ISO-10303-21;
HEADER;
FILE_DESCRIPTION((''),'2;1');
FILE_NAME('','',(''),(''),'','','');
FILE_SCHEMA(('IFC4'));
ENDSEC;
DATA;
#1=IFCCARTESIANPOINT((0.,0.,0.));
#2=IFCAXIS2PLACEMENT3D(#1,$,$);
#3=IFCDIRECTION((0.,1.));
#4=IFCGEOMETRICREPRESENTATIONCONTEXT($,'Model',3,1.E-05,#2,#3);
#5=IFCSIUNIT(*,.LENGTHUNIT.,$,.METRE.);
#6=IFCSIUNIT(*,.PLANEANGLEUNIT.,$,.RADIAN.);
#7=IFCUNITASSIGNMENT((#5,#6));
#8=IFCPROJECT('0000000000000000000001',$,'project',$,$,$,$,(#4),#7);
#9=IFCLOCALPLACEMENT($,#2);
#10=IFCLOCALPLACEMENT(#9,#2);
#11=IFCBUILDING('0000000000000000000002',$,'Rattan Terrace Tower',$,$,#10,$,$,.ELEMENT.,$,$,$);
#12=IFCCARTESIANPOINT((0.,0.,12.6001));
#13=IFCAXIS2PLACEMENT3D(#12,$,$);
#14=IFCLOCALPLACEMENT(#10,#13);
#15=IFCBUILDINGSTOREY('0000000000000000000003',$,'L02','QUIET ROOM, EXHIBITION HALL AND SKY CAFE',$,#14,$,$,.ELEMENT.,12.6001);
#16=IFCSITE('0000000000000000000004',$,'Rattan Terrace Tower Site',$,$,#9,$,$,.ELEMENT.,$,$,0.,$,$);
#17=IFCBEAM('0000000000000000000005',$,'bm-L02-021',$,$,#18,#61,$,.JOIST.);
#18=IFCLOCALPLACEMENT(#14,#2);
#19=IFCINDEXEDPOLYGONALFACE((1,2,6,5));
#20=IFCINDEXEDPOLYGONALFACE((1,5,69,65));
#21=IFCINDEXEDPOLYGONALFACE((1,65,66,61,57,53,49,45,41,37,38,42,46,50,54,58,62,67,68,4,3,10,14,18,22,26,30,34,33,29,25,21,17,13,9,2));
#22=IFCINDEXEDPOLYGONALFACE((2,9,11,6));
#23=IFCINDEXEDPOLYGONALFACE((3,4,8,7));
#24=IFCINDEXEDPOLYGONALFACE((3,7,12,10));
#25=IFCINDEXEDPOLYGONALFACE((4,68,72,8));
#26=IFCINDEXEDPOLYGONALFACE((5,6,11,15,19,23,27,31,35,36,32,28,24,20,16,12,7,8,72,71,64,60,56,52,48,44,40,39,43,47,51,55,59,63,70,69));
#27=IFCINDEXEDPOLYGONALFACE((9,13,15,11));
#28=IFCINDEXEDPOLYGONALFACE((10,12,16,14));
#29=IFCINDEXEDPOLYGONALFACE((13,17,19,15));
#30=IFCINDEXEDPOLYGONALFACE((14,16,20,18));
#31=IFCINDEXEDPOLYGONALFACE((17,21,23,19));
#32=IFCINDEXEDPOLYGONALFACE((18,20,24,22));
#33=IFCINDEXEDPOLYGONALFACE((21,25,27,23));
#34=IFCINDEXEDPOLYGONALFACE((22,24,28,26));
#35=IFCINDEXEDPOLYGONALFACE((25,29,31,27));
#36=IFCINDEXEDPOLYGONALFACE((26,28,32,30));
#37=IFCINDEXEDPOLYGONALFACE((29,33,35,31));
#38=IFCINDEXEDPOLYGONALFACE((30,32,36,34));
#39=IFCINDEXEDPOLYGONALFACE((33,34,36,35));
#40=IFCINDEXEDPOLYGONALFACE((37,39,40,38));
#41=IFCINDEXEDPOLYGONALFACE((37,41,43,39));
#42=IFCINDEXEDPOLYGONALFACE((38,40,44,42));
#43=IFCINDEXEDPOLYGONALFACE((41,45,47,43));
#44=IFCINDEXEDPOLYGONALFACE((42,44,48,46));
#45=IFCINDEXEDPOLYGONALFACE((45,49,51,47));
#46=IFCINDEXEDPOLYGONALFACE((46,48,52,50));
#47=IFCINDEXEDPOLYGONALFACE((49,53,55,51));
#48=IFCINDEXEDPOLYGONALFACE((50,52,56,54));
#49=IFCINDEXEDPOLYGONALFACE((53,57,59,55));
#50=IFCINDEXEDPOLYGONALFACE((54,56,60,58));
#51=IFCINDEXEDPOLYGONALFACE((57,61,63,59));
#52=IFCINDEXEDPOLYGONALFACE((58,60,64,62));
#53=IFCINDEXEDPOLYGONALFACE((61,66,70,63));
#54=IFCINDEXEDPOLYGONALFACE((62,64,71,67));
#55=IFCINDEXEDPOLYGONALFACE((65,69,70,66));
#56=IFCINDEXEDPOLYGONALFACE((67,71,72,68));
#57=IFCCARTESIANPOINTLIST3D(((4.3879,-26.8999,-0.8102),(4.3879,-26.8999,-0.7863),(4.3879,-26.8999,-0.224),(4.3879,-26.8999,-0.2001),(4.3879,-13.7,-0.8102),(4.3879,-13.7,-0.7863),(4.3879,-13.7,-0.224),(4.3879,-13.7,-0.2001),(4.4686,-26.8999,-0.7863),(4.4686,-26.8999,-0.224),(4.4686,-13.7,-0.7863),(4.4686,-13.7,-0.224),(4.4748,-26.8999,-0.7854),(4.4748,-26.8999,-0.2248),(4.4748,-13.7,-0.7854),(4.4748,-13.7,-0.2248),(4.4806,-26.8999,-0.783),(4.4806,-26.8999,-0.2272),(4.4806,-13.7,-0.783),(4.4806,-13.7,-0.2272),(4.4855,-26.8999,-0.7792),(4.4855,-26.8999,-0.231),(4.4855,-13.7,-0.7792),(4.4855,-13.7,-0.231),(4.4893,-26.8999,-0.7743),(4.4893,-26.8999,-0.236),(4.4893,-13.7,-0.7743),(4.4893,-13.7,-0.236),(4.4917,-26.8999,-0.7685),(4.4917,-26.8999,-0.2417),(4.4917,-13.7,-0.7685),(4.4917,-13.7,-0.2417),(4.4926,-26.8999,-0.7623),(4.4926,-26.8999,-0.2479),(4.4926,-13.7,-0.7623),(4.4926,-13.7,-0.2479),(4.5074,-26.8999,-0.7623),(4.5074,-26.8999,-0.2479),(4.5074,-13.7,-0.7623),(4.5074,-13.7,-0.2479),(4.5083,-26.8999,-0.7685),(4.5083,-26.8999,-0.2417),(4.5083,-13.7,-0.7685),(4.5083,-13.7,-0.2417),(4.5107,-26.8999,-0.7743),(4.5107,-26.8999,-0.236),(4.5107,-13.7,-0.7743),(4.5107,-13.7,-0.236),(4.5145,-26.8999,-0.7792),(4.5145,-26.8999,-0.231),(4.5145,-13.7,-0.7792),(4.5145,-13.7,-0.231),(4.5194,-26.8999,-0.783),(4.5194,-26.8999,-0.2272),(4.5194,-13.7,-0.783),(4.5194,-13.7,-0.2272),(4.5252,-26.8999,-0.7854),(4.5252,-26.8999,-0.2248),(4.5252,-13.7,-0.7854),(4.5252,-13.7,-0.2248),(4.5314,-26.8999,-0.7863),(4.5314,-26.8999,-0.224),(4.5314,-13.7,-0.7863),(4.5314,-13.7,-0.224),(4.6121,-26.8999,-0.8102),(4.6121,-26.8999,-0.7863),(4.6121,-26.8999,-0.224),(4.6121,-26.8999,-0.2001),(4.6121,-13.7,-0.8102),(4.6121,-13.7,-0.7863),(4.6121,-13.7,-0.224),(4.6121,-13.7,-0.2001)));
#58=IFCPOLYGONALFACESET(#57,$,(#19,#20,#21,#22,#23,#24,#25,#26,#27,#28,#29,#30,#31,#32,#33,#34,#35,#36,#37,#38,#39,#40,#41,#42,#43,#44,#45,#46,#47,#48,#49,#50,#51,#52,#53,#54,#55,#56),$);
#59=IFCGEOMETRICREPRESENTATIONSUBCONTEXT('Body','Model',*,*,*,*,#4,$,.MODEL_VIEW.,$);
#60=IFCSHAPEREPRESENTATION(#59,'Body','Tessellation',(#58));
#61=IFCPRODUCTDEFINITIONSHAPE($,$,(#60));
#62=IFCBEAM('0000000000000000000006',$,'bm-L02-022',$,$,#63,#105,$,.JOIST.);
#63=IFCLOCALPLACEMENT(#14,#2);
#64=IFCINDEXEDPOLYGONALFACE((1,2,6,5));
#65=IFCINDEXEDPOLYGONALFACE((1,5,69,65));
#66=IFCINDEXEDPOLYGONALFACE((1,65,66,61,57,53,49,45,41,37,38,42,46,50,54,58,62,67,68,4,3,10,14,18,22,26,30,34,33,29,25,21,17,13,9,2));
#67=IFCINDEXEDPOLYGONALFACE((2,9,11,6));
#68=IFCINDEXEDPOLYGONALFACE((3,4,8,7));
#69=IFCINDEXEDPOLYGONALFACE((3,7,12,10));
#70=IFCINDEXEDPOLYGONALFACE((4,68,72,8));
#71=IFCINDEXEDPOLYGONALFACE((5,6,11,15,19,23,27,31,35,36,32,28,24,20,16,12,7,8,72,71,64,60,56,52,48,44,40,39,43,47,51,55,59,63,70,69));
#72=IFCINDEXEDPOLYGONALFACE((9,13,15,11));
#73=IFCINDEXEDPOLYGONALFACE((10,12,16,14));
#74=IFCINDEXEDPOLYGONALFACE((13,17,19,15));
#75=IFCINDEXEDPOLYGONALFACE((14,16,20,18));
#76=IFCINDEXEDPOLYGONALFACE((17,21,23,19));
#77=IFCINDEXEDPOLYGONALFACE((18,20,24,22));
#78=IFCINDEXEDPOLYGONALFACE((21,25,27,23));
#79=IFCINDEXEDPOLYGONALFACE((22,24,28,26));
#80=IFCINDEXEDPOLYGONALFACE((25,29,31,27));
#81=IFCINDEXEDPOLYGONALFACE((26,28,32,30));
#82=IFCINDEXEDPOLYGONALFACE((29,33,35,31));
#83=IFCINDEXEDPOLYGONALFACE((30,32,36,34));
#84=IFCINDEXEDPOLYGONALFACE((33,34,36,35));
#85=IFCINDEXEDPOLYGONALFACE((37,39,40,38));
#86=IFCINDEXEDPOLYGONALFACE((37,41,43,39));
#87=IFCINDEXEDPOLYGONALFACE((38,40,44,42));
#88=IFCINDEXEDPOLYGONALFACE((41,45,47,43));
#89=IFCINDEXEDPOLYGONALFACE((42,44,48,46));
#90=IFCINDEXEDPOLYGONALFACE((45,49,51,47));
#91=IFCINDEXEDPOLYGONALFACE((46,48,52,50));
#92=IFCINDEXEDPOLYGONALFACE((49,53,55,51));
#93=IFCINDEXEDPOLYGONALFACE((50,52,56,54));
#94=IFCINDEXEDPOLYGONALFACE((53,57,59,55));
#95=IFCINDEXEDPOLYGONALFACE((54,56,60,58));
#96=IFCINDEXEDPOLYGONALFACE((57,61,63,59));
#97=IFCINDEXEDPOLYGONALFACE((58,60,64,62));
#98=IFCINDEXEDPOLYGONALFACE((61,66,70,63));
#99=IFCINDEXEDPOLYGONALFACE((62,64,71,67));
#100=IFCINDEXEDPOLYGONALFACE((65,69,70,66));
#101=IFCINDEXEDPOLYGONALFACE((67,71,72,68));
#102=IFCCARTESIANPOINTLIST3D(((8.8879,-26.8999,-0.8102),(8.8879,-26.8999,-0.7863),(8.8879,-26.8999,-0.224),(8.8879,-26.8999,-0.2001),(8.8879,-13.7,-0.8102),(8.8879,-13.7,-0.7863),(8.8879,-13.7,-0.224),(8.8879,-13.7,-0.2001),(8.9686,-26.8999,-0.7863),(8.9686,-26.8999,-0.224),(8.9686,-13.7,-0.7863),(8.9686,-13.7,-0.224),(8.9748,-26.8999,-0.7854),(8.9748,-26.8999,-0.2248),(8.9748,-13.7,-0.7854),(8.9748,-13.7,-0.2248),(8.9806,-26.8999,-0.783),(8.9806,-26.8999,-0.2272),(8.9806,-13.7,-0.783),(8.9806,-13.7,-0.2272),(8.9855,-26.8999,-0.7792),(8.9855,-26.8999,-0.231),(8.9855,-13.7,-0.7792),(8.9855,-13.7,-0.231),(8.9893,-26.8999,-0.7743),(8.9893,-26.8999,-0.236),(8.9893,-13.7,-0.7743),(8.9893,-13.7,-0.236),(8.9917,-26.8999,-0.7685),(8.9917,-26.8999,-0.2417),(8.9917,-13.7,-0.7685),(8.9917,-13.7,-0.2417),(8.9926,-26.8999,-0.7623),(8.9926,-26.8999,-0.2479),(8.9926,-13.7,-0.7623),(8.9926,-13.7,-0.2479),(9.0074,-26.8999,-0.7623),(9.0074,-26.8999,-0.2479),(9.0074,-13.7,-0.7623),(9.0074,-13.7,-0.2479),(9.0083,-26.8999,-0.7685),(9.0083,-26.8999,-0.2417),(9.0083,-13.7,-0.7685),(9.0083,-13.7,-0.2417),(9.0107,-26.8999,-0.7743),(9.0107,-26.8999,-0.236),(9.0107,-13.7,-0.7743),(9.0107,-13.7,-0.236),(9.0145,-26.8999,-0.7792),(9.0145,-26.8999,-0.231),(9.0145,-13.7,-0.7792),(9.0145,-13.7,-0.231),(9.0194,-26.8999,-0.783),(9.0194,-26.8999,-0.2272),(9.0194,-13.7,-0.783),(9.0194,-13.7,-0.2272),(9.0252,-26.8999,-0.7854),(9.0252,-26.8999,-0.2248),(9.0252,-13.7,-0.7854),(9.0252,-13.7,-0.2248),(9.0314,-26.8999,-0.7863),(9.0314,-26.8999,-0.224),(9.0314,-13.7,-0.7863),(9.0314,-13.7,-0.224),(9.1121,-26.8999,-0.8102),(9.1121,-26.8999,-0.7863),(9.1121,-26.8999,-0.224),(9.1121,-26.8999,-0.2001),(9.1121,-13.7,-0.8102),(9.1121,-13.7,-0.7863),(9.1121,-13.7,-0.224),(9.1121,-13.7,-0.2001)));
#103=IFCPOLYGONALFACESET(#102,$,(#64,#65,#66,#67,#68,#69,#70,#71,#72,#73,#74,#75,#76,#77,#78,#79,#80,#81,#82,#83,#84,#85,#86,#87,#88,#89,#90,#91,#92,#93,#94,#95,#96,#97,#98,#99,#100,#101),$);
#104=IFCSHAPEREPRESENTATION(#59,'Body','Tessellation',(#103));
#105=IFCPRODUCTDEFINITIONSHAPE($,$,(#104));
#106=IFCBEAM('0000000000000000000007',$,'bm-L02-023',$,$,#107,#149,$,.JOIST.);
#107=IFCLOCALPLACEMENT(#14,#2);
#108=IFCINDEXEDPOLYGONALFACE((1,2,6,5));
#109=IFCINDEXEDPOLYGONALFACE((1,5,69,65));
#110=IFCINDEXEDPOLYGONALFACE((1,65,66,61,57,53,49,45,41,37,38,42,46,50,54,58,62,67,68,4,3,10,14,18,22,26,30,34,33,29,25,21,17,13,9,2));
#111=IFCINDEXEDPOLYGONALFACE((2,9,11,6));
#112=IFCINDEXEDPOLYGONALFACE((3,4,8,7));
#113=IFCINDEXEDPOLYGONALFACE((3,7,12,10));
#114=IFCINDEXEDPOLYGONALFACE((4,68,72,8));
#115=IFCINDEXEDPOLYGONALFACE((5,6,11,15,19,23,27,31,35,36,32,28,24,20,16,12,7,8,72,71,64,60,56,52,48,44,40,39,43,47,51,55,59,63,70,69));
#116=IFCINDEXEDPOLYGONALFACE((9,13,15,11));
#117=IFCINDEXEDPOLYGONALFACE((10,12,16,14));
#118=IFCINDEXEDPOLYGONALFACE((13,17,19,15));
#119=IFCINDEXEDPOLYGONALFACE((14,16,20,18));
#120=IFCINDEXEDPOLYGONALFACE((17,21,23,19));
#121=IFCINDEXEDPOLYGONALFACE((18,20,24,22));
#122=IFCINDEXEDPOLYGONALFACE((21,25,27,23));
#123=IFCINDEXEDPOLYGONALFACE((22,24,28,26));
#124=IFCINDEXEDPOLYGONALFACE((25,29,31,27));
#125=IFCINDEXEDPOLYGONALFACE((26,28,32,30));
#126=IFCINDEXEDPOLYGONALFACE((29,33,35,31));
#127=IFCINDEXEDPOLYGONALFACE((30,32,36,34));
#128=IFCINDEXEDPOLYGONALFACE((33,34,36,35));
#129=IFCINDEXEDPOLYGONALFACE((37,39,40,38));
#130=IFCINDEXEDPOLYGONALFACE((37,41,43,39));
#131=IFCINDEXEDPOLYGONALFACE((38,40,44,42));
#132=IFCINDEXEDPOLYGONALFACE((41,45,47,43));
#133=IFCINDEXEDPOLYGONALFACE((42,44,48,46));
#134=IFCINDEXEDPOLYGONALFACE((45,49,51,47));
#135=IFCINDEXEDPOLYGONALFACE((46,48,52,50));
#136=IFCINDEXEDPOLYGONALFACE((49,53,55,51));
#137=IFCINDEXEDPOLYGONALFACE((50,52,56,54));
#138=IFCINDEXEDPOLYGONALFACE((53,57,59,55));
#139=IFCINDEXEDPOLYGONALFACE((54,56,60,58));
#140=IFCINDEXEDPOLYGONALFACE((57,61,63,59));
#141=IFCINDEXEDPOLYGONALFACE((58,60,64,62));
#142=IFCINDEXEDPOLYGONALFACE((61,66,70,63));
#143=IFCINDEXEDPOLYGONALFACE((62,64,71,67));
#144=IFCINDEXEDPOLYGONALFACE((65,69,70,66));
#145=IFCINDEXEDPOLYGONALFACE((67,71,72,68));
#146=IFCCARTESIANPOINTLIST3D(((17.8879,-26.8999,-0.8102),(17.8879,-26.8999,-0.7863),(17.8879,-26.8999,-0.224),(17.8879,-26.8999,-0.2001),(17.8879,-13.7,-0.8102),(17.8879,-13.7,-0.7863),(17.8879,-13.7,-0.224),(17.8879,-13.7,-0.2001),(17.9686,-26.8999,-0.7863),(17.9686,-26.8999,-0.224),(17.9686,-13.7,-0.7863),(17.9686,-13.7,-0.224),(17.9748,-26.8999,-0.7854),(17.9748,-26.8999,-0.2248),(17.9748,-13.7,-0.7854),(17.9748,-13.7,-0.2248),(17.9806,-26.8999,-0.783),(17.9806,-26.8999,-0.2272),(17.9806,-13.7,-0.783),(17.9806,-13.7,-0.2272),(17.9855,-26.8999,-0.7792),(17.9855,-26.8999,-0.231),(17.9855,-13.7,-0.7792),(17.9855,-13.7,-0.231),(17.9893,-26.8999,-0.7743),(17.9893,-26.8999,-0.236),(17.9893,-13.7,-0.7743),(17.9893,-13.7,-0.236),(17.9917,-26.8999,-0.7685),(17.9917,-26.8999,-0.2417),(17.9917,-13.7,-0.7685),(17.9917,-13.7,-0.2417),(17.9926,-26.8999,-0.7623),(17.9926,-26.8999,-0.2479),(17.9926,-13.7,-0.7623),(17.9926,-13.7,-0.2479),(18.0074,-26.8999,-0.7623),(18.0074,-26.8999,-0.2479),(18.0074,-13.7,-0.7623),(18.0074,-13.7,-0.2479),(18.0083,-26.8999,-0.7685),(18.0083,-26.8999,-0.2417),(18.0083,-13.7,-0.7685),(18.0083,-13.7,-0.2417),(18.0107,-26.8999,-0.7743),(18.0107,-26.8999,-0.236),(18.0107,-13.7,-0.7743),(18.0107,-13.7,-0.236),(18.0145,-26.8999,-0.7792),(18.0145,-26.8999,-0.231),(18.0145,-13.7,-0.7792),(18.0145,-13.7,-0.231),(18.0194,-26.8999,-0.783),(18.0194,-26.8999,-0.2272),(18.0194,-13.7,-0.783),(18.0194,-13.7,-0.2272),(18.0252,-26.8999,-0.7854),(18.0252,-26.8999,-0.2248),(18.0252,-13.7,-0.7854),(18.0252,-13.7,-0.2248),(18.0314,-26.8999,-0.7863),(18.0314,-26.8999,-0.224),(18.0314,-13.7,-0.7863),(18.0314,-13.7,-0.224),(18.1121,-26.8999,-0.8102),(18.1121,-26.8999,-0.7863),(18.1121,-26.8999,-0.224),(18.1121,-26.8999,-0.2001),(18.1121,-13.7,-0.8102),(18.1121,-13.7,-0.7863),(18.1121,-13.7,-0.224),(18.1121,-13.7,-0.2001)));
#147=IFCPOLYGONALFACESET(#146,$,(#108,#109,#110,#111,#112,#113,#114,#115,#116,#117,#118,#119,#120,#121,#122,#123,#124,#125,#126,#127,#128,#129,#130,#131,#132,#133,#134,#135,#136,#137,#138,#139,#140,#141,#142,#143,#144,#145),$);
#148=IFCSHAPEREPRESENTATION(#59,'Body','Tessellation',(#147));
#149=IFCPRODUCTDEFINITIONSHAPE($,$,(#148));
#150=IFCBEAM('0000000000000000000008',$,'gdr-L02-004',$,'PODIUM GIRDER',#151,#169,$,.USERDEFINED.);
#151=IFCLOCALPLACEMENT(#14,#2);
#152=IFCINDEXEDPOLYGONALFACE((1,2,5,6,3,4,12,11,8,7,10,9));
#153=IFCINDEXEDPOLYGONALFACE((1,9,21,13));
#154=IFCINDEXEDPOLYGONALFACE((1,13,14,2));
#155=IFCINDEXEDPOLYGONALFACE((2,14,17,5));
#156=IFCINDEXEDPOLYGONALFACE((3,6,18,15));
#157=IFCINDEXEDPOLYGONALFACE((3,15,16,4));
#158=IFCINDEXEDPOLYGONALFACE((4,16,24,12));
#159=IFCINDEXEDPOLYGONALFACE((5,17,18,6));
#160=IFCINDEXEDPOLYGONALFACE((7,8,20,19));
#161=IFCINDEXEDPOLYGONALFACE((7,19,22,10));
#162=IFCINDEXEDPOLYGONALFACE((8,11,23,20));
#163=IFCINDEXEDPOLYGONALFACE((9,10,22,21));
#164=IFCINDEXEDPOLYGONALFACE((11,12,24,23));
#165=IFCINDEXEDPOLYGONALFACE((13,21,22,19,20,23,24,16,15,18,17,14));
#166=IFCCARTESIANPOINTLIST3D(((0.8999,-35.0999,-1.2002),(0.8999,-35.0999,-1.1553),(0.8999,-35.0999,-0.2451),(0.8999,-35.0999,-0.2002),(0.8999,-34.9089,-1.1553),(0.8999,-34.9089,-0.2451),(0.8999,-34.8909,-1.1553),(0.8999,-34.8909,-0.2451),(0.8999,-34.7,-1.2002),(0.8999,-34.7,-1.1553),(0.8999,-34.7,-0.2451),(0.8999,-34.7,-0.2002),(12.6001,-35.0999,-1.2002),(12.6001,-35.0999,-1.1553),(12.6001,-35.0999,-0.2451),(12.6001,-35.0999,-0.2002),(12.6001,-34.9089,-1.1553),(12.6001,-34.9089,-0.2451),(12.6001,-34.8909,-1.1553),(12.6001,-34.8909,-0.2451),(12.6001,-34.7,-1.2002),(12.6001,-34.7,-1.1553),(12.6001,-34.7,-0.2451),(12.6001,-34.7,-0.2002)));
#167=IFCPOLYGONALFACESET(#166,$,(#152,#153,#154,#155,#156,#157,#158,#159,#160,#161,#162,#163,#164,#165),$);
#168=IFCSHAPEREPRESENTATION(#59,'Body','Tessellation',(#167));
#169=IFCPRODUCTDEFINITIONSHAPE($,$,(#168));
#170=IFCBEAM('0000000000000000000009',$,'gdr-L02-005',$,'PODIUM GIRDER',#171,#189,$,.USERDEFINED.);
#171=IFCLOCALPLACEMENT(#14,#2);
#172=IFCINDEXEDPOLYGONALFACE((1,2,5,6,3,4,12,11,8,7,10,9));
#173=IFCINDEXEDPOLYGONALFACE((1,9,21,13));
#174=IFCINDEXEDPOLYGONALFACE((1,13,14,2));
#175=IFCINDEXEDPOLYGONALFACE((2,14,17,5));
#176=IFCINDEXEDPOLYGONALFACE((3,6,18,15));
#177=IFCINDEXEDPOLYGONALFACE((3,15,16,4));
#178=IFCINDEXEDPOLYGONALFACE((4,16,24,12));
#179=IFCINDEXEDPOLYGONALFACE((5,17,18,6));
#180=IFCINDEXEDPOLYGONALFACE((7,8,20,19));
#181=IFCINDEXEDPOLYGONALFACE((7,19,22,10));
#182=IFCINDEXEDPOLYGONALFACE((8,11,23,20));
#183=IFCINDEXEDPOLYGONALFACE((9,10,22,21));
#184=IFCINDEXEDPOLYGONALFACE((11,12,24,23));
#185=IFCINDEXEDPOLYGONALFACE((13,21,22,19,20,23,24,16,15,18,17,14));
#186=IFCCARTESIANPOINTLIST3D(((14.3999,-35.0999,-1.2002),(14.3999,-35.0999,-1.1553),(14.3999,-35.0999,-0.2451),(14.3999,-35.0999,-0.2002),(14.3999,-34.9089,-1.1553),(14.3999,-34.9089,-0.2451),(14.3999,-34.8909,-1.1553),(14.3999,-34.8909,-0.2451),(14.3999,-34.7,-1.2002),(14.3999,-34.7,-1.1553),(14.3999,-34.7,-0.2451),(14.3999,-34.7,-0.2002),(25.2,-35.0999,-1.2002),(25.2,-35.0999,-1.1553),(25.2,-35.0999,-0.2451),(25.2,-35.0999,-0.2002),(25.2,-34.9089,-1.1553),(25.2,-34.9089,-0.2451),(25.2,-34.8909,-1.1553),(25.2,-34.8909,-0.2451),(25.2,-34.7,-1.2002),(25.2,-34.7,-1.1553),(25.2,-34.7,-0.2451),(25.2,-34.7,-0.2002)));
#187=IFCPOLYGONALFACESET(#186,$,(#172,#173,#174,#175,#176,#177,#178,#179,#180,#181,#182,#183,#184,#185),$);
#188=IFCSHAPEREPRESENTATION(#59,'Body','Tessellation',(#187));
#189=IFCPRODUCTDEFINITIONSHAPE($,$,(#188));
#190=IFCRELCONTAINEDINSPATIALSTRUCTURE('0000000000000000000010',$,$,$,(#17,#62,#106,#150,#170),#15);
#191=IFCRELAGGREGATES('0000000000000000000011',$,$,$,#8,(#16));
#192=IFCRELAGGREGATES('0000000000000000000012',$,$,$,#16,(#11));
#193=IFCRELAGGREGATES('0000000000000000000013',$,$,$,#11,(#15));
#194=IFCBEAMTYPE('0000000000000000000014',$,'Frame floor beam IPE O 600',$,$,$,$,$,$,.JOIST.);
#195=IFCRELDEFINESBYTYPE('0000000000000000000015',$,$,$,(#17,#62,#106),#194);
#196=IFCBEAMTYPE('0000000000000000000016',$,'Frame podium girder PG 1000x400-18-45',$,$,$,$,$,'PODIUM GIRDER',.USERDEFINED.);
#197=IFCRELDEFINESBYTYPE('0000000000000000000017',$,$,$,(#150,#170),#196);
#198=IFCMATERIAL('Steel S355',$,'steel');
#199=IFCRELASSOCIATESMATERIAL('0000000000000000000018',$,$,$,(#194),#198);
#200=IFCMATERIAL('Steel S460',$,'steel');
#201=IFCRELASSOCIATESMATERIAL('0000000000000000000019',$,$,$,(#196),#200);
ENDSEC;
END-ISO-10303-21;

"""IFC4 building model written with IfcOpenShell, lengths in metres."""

from ifc_helpers import new_model, si_unit, direction, frame, origin, origin_2d, place, context, subcontext, project, spatial, i_section, extrude, material, material_profile, profile_set, type_object, element, save


model = new_model("IFC4")

# Units and contexts
model_context = context("Model", 3, precision=1e-05, world=origin(), true_north=direction((0.0, 1.0)))
body_context = subcontext(model_context, "Body", "Model", "MODEL_VIEW")
ifc_project = project(units=[si_unit("LENGTHUNIT", "METRE"), si_unit("PLANEANGLEUNIT", "RADIAN")], contexts=[model_context])

# Site, building, storey
site_placement = place(None, origin())
site = spatial("IfcSite", under=ifc_project, at=site_placement, Name="Rattan Terrace Tower Site", CompositionType="ELEMENT", RefElevation=0.0)
building_placement = place(site_placement, origin())
building = spatial("IfcBuilding", under=site, at=building_placement, Name="Rattan Terrace Tower", CompositionType="ELEMENT")
storey_placement = place(building_placement, frame((0.0, 0.0, 12.6001)))
storey = spatial("IfcBuildingStorey", under=building, at=storey_placement, Name="L02", Description="QUIET ROOM, EXHIBITION HALL AND SKY CAFE", CompositionType="ELEMENT", Elevation=12.6001)

# Beams
ifc_material_1 = material(Name="Steel S355", Category="steel")
ifc_material_profile_1 = material_profile(ifc_material_1, i_section(OverallWidth=0.2241, OverallDepth=0.6101, WebThickness=0.0149, FlangeThickness=0.0239, FilletRadius=0.0239, at=origin_2d()), Name="IPE O 600")
ifc_profile_set_1 = profile_set([ifc_material_profile_1], Name="Steel S355")
beam_type_1 = type_object("IfcBeamType", Name="Frame floor beam IPE O 600", PredefinedType="JOIST", material=ifc_profile_set_1)
for number, where, z_axis, x_axis, name in (
    (1, (4.5, -26.8999, -0.5051), (0.0, 1.0, 0.0), (-1.0, 0.0, 0.0), "bm-L02-021"),
    (2, (9.0, -26.8999, -0.5051), (0.0, 1.0, 0.0), (-1.0, 0.0, 0.0), "bm-L02-022"),
    (3, (18.0, -26.8999, -0.5051), (0.0, 1.0, 0.0), (-1.0, 0.0, 0.0), "bm-L02-023"),
):
    element("IfcBeam", number, at=place(storey_placement, frame(where, z_axis=z_axis, x_axis=x_axis)), inside=storey, type_object=beam_type_1, Name=name, PredefinedType="JOIST", context=body_context, shape_type="SweptSolid", body=[
        extrude(i_section(OverallWidth=0.2241, OverallDepth=0.6101, WebThickness=0.0149, FlangeThickness=0.0239, FilletRadius=0.0239, at=origin_2d()), origin(), (0.0, 0.0, 1.0), 13.2),
    ])
ifc_material_2 = material(Name="Steel S460", Category="steel")
ifc_material_profile_2 = material_profile(ifc_material_2, i_section(OverallWidth=0.3999, OverallDepth=1.0, WebThickness=0.0181, FlangeThickness=0.0449, at=origin_2d()), Name="PG 1000x400-18-45")
ifc_profile_set_2 = profile_set([ifc_material_profile_2], Name="Steel S460")
beam_type_2 = type_object("IfcBeamType", Name="Frame podium girder PG 1000x400-18-45", ElementType="PODIUM GIRDER", PredefinedType="USERDEFINED", material=ifc_profile_set_2)
beam_1_placement = place(storey_placement, frame((0.8999, -34.8999, -0.7002), z_axis=(1.0, 0.0, 0.0), x_axis=(0.0, 1.0, 0.0)))
element("IfcBeam", 4, at=beam_1_placement, inside=storey, type_object=beam_type_2, Name="gdr-L02-004", ObjectType="PODIUM GIRDER", PredefinedType="USERDEFINED", context=body_context, shape_type="SweptSolid", body=[
    extrude(i_section(OverallWidth=0.3999, OverallDepth=1.0, WebThickness=0.0181, FlangeThickness=0.0449, at=origin_2d()), origin(), (0.0, 0.0, 1.0), 11.7002),
])
beam_2_placement = place(storey_placement, frame((14.3999, -34.8999, -0.7002), z_axis=(1.0, 0.0, 0.0), x_axis=(0.0, 1.0, 0.0)))
element("IfcBeam", 5, at=beam_2_placement, inside=storey, type_object=beam_type_2, Name="gdr-L02-005", ObjectType="PODIUM GIRDER", PredefinedType="USERDEFINED", context=body_context, shape_type="SweptSolid", body=[
    extrude(i_section(OverallWidth=0.3999, OverallDepth=1.0, WebThickness=0.0181, FlangeThickness=0.0449, at=origin_2d()), origin(), (0.0, 0.0, 1.0), 10.8),
])

save(model, "model.ifc")
